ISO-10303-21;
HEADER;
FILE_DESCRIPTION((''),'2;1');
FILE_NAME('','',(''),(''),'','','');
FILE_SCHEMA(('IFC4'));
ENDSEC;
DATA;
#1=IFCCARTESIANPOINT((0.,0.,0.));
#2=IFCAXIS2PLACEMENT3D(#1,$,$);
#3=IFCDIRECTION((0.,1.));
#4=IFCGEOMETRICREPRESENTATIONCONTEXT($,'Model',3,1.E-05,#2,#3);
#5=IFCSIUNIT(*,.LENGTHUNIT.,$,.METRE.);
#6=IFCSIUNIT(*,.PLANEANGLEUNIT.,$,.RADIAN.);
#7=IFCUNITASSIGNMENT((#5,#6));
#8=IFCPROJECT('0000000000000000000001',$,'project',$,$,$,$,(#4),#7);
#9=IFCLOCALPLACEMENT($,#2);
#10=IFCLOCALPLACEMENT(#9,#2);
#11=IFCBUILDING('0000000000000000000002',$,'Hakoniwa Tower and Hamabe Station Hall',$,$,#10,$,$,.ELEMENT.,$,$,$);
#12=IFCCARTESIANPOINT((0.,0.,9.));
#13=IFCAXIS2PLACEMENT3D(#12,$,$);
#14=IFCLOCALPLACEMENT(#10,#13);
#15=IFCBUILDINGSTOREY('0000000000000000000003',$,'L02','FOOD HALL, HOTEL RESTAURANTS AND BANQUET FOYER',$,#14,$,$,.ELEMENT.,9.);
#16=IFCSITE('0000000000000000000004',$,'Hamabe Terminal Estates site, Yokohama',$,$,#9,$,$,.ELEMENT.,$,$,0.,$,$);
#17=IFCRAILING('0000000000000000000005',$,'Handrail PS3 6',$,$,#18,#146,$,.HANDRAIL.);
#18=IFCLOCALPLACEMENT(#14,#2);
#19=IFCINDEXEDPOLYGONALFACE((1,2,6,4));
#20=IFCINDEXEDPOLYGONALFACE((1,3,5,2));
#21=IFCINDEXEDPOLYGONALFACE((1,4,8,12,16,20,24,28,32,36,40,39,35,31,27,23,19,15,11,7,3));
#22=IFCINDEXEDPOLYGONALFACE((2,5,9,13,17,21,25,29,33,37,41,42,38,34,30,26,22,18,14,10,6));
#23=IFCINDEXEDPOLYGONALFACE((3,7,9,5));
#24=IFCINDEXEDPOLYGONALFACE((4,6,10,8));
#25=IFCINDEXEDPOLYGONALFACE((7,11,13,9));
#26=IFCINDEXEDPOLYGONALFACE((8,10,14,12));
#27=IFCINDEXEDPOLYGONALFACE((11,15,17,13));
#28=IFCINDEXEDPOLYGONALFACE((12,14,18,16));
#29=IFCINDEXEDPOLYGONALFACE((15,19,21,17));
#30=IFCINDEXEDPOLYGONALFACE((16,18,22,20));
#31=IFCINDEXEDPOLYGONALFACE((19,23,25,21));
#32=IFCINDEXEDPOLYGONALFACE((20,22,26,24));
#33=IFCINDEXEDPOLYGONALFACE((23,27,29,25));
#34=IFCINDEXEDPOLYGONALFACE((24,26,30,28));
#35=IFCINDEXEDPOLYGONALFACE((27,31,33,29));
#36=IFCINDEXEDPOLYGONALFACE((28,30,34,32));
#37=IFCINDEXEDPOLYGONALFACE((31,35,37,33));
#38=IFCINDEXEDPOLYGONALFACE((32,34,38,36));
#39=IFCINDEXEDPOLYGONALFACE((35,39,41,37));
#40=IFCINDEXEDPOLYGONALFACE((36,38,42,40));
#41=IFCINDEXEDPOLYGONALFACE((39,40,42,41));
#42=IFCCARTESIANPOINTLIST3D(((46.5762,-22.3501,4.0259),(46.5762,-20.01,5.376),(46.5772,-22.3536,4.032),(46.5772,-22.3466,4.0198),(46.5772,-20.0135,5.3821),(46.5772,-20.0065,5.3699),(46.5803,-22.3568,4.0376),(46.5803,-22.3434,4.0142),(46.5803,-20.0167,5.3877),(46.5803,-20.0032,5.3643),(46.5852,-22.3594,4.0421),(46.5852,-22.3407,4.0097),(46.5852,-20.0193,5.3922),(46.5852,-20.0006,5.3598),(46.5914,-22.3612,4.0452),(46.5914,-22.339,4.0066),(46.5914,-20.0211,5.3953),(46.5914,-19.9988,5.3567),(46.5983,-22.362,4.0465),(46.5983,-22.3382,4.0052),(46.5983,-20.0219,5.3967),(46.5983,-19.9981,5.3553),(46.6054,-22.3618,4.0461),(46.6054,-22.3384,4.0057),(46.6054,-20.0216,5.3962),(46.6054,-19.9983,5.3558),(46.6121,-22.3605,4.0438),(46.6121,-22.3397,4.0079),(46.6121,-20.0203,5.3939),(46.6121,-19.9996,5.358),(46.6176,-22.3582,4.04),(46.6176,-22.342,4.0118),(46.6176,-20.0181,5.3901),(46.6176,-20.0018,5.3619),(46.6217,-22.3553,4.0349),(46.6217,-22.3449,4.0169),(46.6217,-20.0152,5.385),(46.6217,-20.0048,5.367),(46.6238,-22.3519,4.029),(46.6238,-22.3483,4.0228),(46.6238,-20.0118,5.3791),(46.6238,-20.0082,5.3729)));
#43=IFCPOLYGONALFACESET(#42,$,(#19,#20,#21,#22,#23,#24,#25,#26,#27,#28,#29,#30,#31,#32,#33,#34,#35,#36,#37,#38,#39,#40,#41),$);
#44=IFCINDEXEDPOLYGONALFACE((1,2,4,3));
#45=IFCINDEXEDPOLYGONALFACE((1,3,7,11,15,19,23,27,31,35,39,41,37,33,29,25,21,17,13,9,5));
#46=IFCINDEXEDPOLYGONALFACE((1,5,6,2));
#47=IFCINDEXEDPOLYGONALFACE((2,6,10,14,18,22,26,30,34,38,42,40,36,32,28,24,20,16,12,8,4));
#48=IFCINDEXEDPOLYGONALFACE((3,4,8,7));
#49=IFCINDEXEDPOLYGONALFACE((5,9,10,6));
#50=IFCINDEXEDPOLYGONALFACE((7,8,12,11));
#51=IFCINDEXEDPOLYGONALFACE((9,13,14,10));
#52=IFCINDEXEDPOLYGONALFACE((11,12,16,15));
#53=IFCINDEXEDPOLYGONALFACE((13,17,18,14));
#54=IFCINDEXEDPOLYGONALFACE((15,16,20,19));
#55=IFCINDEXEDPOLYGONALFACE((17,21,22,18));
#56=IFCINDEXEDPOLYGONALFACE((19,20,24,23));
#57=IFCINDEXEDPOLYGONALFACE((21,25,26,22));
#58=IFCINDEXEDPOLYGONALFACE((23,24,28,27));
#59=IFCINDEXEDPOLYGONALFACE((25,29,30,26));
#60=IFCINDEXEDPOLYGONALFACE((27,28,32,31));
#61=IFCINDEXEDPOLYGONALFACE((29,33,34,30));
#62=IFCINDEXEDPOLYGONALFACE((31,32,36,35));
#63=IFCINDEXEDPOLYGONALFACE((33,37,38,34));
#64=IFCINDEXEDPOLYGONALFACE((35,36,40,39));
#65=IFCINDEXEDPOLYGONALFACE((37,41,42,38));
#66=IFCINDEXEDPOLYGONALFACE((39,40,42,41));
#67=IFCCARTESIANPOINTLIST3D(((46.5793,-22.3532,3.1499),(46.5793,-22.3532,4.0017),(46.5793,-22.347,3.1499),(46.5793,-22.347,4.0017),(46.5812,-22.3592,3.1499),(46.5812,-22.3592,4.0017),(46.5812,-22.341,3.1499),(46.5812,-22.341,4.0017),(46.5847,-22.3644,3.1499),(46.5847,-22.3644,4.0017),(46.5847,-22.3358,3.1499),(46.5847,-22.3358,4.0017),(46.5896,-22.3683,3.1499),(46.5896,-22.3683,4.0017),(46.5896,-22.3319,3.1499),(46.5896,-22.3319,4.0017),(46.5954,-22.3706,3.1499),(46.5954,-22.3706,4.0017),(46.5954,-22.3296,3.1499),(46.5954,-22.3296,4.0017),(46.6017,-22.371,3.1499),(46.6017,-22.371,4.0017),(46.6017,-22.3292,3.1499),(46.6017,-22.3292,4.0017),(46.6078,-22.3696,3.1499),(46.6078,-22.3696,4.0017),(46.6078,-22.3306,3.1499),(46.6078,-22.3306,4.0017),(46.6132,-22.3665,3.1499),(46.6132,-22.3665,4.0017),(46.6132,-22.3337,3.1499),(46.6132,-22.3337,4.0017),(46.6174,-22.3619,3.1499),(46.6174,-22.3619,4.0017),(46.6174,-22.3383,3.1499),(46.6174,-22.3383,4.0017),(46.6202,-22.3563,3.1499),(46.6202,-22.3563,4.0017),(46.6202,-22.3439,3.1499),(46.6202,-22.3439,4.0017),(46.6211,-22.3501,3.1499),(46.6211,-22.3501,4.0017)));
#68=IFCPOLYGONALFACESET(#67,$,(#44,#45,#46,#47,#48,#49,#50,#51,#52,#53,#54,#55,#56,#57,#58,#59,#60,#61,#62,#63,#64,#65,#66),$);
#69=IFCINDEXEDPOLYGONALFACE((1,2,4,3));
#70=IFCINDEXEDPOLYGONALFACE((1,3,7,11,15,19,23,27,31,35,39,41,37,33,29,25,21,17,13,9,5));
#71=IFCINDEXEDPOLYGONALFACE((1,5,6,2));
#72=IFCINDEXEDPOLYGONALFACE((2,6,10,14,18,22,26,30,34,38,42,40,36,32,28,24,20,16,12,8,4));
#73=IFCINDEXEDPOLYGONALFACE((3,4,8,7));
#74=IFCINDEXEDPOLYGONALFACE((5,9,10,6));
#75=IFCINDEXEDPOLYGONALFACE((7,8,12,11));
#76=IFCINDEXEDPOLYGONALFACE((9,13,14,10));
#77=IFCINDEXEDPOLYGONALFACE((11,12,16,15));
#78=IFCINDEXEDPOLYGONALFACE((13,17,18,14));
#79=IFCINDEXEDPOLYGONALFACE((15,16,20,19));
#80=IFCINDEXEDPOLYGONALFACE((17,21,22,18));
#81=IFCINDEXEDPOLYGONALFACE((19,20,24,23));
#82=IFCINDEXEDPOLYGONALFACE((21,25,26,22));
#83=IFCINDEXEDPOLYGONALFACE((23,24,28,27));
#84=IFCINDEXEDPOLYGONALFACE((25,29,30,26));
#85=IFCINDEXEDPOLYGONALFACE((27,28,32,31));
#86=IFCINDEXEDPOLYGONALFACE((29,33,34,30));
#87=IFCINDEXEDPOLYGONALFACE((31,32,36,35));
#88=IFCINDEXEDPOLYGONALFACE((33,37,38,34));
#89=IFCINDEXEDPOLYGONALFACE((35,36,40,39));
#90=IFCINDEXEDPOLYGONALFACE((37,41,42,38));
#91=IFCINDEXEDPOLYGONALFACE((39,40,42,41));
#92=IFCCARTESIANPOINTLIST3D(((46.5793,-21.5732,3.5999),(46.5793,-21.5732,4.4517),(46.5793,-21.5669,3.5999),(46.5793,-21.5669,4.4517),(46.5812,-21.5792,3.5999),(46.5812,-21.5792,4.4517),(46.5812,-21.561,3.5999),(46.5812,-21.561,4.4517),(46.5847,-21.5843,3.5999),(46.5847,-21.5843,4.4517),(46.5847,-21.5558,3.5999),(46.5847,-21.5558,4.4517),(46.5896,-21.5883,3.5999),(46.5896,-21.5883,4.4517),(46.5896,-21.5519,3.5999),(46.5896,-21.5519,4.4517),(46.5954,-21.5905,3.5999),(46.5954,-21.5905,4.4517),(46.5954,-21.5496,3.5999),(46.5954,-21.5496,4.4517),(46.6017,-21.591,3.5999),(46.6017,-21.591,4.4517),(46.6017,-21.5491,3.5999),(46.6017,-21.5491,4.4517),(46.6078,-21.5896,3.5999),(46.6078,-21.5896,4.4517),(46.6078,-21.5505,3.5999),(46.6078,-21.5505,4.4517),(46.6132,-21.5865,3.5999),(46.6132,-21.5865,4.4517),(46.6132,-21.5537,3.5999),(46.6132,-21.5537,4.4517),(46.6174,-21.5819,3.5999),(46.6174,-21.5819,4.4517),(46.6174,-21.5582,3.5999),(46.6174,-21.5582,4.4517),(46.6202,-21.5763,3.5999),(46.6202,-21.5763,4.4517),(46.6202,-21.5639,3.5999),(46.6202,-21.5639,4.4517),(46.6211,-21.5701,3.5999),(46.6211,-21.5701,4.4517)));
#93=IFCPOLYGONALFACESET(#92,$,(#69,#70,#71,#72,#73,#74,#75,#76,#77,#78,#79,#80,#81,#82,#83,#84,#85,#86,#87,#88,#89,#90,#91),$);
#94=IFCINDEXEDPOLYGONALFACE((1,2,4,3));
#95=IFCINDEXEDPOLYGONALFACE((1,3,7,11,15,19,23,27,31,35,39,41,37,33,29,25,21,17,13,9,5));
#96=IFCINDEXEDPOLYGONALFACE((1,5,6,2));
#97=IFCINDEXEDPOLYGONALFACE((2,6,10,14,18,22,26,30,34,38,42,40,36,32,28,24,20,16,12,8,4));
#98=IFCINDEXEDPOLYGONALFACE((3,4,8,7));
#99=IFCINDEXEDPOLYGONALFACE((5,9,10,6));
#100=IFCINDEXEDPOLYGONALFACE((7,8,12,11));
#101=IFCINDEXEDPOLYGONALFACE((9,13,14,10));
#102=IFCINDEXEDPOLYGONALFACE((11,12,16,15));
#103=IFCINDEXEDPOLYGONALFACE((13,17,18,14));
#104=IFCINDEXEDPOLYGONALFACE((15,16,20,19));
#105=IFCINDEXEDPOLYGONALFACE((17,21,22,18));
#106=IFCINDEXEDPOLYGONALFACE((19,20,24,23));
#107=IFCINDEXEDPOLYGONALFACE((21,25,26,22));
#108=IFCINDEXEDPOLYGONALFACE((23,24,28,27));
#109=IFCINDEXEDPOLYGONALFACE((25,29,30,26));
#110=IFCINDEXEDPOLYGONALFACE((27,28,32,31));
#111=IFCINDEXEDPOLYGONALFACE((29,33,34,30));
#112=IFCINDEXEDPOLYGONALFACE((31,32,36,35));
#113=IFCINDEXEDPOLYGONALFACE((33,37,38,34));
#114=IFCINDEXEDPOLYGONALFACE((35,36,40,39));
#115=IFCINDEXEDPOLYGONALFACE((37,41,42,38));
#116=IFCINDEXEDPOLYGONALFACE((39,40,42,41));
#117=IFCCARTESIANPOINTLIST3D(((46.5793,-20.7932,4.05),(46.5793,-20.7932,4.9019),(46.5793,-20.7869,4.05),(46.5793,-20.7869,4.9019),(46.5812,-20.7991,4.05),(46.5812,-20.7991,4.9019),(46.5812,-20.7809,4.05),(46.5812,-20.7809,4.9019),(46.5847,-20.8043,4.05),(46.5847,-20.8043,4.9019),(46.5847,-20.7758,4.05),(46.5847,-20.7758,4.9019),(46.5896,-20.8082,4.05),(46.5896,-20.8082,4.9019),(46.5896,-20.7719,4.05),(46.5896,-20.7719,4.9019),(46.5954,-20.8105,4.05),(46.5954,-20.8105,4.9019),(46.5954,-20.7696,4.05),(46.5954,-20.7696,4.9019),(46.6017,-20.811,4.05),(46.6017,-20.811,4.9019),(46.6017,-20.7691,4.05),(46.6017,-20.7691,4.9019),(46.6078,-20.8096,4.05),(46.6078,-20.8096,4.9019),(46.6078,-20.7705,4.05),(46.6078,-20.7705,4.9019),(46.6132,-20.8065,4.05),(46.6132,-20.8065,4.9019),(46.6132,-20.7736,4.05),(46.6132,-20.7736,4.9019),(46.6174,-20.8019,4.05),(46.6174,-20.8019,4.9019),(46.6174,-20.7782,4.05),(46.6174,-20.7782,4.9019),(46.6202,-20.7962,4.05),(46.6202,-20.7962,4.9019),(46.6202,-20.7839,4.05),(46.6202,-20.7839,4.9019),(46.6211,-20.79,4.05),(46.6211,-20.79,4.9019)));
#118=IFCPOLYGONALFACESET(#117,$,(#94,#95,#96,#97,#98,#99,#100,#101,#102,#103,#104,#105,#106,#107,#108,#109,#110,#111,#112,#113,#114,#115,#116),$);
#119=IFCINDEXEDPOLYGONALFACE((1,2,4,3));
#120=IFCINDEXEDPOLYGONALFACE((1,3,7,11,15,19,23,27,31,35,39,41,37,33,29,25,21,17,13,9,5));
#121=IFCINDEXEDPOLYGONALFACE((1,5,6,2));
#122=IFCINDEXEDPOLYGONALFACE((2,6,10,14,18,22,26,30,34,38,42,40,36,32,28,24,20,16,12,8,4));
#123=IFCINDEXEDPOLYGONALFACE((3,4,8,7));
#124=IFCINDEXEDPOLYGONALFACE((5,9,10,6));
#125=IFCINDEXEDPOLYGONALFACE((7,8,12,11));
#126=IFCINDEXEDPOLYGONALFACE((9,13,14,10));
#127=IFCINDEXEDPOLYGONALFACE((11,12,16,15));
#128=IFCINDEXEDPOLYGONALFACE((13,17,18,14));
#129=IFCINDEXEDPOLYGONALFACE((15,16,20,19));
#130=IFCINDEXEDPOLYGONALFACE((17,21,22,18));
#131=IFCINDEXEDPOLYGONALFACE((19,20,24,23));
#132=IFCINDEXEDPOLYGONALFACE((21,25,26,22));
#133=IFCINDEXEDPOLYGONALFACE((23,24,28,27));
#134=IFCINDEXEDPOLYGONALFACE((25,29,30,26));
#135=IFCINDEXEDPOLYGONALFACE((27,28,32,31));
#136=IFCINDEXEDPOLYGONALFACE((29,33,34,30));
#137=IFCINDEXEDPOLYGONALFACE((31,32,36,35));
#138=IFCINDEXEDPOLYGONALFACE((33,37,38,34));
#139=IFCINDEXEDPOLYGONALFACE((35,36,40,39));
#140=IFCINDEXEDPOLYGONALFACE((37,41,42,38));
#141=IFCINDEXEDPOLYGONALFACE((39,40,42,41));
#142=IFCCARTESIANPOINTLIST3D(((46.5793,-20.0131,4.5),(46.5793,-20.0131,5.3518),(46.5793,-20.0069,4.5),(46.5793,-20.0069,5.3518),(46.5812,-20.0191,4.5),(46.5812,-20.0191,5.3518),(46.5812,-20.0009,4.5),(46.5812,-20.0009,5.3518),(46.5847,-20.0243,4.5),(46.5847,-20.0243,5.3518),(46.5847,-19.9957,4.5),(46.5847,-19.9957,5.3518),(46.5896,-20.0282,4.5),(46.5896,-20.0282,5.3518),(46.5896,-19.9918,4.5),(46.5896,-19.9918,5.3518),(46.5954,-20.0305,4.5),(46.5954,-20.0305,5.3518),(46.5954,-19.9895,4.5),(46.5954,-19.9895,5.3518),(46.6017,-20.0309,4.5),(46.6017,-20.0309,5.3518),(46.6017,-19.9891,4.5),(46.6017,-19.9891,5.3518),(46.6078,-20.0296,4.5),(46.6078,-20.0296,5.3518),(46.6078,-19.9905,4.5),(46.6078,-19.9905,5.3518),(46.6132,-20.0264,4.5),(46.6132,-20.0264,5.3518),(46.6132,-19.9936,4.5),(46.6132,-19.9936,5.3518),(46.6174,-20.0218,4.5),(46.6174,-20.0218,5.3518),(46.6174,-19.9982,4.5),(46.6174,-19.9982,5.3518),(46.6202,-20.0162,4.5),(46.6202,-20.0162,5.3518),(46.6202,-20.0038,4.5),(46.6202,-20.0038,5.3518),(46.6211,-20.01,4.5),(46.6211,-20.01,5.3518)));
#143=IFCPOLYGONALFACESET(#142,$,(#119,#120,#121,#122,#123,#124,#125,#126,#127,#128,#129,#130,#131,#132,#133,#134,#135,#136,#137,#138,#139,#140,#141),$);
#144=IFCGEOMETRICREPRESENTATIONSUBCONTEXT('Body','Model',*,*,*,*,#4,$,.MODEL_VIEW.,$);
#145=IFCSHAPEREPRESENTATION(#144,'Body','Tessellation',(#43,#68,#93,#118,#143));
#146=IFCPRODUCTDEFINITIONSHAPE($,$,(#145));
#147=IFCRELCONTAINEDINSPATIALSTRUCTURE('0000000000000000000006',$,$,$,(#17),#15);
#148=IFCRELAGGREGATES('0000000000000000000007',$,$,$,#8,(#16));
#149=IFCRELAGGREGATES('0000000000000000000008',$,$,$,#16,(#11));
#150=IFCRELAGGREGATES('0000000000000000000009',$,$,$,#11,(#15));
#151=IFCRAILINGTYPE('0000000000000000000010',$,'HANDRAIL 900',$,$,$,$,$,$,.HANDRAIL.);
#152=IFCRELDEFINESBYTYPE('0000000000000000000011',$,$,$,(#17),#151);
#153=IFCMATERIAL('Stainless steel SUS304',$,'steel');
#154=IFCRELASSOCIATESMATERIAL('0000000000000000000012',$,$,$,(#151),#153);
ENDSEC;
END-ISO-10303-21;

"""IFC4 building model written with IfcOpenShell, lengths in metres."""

from ifc_helpers import new_model, si_unit, direction, frame, origin, origin_2d, place, context, subcontext, project, spatial, circle, extrude, material, type_object, element, save


model = new_model("IFC4")

# Units and contexts
model_context = context("Model", 3, precision=1e-05, world=origin(), true_north=direction((0.0, 1.0)))
body_context = subcontext(model_context, "Body", "Model", "MODEL_VIEW")
ifc_project = project(units=[si_unit("LENGTHUNIT", "METRE"), si_unit("PLANEANGLEUNIT", "RADIAN")], contexts=[model_context])

# Site, building, storey
site_placement = place(None, origin())
site = spatial("IfcSite", under=ifc_project, at=site_placement, Name="Hamabe Terminal Estates site, Yokohama", CompositionType="ELEMENT", RefElevation=0.0)
building_placement = place(site_placement, origin())
building = spatial("IfcBuilding", under=site, at=building_placement, Name="Hakoniwa Tower and Hamabe Station Hall", CompositionType="ELEMENT")
storey_placement = place(building_placement, frame((0.0, 0.0, 9.0)))
storey = spatial("IfcBuildingStorey", under=building, at=storey_placement, Name="L02", Description="FOOD HALL, HOTEL RESTAURANTS AND BANQUET FOYER", CompositionType="ELEMENT", Elevation=9.0)

# Railing
ifc_material_1 = material(Name="Stainless steel SUS304", Category="steel")
railing_type_1 = type_object("IfcRailingType", Name="HANDRAIL 900", PredefinedType="HANDRAIL", material=ifc_material_1)
for number, where, name in (
    (1, (46.6001, -22.3501, 3.1499), "Handrail PS3 6"),
):
    element("IfcRailing", number, at=place(storey_placement, frame(where)), inside=storey, type_object=railing_type_1, Name=name, PredefinedType="HANDRAIL", context=body_context, shape_type="SweptSolid", body=[
        extrude(circle(Radius=0.0239, at=origin_2d()), frame((0.0, 0.0, 0.876), z_axis=(0.0, 0.866178, 0.499735), x_axis=(-1.0, 0.0, 0.0)), (0.0, 0.0, 1.0), 2.7017),
        extrude(circle(Radius=0.021, at=origin_2d()), origin(), (0.0, 0.0, 1.0), 0.8518),
        extrude(circle(Radius=0.021, at=origin_2d()), frame((0.0, 0.78, 0.45)), (0.0, 0.0, 1.0), 0.8518),
        extrude(circle(Radius=0.021, at=origin_2d()), frame((0.0, 1.5601, 0.9001)), (0.0, 0.0, 1.0), 0.8518),
        extrude(circle(Radius=0.021, at=origin_2d()), frame((0.0, 2.3401, 1.3501)), (0.0, 0.0, 1.0), 0.8518),
    ])

save(model, "model.ifc")
